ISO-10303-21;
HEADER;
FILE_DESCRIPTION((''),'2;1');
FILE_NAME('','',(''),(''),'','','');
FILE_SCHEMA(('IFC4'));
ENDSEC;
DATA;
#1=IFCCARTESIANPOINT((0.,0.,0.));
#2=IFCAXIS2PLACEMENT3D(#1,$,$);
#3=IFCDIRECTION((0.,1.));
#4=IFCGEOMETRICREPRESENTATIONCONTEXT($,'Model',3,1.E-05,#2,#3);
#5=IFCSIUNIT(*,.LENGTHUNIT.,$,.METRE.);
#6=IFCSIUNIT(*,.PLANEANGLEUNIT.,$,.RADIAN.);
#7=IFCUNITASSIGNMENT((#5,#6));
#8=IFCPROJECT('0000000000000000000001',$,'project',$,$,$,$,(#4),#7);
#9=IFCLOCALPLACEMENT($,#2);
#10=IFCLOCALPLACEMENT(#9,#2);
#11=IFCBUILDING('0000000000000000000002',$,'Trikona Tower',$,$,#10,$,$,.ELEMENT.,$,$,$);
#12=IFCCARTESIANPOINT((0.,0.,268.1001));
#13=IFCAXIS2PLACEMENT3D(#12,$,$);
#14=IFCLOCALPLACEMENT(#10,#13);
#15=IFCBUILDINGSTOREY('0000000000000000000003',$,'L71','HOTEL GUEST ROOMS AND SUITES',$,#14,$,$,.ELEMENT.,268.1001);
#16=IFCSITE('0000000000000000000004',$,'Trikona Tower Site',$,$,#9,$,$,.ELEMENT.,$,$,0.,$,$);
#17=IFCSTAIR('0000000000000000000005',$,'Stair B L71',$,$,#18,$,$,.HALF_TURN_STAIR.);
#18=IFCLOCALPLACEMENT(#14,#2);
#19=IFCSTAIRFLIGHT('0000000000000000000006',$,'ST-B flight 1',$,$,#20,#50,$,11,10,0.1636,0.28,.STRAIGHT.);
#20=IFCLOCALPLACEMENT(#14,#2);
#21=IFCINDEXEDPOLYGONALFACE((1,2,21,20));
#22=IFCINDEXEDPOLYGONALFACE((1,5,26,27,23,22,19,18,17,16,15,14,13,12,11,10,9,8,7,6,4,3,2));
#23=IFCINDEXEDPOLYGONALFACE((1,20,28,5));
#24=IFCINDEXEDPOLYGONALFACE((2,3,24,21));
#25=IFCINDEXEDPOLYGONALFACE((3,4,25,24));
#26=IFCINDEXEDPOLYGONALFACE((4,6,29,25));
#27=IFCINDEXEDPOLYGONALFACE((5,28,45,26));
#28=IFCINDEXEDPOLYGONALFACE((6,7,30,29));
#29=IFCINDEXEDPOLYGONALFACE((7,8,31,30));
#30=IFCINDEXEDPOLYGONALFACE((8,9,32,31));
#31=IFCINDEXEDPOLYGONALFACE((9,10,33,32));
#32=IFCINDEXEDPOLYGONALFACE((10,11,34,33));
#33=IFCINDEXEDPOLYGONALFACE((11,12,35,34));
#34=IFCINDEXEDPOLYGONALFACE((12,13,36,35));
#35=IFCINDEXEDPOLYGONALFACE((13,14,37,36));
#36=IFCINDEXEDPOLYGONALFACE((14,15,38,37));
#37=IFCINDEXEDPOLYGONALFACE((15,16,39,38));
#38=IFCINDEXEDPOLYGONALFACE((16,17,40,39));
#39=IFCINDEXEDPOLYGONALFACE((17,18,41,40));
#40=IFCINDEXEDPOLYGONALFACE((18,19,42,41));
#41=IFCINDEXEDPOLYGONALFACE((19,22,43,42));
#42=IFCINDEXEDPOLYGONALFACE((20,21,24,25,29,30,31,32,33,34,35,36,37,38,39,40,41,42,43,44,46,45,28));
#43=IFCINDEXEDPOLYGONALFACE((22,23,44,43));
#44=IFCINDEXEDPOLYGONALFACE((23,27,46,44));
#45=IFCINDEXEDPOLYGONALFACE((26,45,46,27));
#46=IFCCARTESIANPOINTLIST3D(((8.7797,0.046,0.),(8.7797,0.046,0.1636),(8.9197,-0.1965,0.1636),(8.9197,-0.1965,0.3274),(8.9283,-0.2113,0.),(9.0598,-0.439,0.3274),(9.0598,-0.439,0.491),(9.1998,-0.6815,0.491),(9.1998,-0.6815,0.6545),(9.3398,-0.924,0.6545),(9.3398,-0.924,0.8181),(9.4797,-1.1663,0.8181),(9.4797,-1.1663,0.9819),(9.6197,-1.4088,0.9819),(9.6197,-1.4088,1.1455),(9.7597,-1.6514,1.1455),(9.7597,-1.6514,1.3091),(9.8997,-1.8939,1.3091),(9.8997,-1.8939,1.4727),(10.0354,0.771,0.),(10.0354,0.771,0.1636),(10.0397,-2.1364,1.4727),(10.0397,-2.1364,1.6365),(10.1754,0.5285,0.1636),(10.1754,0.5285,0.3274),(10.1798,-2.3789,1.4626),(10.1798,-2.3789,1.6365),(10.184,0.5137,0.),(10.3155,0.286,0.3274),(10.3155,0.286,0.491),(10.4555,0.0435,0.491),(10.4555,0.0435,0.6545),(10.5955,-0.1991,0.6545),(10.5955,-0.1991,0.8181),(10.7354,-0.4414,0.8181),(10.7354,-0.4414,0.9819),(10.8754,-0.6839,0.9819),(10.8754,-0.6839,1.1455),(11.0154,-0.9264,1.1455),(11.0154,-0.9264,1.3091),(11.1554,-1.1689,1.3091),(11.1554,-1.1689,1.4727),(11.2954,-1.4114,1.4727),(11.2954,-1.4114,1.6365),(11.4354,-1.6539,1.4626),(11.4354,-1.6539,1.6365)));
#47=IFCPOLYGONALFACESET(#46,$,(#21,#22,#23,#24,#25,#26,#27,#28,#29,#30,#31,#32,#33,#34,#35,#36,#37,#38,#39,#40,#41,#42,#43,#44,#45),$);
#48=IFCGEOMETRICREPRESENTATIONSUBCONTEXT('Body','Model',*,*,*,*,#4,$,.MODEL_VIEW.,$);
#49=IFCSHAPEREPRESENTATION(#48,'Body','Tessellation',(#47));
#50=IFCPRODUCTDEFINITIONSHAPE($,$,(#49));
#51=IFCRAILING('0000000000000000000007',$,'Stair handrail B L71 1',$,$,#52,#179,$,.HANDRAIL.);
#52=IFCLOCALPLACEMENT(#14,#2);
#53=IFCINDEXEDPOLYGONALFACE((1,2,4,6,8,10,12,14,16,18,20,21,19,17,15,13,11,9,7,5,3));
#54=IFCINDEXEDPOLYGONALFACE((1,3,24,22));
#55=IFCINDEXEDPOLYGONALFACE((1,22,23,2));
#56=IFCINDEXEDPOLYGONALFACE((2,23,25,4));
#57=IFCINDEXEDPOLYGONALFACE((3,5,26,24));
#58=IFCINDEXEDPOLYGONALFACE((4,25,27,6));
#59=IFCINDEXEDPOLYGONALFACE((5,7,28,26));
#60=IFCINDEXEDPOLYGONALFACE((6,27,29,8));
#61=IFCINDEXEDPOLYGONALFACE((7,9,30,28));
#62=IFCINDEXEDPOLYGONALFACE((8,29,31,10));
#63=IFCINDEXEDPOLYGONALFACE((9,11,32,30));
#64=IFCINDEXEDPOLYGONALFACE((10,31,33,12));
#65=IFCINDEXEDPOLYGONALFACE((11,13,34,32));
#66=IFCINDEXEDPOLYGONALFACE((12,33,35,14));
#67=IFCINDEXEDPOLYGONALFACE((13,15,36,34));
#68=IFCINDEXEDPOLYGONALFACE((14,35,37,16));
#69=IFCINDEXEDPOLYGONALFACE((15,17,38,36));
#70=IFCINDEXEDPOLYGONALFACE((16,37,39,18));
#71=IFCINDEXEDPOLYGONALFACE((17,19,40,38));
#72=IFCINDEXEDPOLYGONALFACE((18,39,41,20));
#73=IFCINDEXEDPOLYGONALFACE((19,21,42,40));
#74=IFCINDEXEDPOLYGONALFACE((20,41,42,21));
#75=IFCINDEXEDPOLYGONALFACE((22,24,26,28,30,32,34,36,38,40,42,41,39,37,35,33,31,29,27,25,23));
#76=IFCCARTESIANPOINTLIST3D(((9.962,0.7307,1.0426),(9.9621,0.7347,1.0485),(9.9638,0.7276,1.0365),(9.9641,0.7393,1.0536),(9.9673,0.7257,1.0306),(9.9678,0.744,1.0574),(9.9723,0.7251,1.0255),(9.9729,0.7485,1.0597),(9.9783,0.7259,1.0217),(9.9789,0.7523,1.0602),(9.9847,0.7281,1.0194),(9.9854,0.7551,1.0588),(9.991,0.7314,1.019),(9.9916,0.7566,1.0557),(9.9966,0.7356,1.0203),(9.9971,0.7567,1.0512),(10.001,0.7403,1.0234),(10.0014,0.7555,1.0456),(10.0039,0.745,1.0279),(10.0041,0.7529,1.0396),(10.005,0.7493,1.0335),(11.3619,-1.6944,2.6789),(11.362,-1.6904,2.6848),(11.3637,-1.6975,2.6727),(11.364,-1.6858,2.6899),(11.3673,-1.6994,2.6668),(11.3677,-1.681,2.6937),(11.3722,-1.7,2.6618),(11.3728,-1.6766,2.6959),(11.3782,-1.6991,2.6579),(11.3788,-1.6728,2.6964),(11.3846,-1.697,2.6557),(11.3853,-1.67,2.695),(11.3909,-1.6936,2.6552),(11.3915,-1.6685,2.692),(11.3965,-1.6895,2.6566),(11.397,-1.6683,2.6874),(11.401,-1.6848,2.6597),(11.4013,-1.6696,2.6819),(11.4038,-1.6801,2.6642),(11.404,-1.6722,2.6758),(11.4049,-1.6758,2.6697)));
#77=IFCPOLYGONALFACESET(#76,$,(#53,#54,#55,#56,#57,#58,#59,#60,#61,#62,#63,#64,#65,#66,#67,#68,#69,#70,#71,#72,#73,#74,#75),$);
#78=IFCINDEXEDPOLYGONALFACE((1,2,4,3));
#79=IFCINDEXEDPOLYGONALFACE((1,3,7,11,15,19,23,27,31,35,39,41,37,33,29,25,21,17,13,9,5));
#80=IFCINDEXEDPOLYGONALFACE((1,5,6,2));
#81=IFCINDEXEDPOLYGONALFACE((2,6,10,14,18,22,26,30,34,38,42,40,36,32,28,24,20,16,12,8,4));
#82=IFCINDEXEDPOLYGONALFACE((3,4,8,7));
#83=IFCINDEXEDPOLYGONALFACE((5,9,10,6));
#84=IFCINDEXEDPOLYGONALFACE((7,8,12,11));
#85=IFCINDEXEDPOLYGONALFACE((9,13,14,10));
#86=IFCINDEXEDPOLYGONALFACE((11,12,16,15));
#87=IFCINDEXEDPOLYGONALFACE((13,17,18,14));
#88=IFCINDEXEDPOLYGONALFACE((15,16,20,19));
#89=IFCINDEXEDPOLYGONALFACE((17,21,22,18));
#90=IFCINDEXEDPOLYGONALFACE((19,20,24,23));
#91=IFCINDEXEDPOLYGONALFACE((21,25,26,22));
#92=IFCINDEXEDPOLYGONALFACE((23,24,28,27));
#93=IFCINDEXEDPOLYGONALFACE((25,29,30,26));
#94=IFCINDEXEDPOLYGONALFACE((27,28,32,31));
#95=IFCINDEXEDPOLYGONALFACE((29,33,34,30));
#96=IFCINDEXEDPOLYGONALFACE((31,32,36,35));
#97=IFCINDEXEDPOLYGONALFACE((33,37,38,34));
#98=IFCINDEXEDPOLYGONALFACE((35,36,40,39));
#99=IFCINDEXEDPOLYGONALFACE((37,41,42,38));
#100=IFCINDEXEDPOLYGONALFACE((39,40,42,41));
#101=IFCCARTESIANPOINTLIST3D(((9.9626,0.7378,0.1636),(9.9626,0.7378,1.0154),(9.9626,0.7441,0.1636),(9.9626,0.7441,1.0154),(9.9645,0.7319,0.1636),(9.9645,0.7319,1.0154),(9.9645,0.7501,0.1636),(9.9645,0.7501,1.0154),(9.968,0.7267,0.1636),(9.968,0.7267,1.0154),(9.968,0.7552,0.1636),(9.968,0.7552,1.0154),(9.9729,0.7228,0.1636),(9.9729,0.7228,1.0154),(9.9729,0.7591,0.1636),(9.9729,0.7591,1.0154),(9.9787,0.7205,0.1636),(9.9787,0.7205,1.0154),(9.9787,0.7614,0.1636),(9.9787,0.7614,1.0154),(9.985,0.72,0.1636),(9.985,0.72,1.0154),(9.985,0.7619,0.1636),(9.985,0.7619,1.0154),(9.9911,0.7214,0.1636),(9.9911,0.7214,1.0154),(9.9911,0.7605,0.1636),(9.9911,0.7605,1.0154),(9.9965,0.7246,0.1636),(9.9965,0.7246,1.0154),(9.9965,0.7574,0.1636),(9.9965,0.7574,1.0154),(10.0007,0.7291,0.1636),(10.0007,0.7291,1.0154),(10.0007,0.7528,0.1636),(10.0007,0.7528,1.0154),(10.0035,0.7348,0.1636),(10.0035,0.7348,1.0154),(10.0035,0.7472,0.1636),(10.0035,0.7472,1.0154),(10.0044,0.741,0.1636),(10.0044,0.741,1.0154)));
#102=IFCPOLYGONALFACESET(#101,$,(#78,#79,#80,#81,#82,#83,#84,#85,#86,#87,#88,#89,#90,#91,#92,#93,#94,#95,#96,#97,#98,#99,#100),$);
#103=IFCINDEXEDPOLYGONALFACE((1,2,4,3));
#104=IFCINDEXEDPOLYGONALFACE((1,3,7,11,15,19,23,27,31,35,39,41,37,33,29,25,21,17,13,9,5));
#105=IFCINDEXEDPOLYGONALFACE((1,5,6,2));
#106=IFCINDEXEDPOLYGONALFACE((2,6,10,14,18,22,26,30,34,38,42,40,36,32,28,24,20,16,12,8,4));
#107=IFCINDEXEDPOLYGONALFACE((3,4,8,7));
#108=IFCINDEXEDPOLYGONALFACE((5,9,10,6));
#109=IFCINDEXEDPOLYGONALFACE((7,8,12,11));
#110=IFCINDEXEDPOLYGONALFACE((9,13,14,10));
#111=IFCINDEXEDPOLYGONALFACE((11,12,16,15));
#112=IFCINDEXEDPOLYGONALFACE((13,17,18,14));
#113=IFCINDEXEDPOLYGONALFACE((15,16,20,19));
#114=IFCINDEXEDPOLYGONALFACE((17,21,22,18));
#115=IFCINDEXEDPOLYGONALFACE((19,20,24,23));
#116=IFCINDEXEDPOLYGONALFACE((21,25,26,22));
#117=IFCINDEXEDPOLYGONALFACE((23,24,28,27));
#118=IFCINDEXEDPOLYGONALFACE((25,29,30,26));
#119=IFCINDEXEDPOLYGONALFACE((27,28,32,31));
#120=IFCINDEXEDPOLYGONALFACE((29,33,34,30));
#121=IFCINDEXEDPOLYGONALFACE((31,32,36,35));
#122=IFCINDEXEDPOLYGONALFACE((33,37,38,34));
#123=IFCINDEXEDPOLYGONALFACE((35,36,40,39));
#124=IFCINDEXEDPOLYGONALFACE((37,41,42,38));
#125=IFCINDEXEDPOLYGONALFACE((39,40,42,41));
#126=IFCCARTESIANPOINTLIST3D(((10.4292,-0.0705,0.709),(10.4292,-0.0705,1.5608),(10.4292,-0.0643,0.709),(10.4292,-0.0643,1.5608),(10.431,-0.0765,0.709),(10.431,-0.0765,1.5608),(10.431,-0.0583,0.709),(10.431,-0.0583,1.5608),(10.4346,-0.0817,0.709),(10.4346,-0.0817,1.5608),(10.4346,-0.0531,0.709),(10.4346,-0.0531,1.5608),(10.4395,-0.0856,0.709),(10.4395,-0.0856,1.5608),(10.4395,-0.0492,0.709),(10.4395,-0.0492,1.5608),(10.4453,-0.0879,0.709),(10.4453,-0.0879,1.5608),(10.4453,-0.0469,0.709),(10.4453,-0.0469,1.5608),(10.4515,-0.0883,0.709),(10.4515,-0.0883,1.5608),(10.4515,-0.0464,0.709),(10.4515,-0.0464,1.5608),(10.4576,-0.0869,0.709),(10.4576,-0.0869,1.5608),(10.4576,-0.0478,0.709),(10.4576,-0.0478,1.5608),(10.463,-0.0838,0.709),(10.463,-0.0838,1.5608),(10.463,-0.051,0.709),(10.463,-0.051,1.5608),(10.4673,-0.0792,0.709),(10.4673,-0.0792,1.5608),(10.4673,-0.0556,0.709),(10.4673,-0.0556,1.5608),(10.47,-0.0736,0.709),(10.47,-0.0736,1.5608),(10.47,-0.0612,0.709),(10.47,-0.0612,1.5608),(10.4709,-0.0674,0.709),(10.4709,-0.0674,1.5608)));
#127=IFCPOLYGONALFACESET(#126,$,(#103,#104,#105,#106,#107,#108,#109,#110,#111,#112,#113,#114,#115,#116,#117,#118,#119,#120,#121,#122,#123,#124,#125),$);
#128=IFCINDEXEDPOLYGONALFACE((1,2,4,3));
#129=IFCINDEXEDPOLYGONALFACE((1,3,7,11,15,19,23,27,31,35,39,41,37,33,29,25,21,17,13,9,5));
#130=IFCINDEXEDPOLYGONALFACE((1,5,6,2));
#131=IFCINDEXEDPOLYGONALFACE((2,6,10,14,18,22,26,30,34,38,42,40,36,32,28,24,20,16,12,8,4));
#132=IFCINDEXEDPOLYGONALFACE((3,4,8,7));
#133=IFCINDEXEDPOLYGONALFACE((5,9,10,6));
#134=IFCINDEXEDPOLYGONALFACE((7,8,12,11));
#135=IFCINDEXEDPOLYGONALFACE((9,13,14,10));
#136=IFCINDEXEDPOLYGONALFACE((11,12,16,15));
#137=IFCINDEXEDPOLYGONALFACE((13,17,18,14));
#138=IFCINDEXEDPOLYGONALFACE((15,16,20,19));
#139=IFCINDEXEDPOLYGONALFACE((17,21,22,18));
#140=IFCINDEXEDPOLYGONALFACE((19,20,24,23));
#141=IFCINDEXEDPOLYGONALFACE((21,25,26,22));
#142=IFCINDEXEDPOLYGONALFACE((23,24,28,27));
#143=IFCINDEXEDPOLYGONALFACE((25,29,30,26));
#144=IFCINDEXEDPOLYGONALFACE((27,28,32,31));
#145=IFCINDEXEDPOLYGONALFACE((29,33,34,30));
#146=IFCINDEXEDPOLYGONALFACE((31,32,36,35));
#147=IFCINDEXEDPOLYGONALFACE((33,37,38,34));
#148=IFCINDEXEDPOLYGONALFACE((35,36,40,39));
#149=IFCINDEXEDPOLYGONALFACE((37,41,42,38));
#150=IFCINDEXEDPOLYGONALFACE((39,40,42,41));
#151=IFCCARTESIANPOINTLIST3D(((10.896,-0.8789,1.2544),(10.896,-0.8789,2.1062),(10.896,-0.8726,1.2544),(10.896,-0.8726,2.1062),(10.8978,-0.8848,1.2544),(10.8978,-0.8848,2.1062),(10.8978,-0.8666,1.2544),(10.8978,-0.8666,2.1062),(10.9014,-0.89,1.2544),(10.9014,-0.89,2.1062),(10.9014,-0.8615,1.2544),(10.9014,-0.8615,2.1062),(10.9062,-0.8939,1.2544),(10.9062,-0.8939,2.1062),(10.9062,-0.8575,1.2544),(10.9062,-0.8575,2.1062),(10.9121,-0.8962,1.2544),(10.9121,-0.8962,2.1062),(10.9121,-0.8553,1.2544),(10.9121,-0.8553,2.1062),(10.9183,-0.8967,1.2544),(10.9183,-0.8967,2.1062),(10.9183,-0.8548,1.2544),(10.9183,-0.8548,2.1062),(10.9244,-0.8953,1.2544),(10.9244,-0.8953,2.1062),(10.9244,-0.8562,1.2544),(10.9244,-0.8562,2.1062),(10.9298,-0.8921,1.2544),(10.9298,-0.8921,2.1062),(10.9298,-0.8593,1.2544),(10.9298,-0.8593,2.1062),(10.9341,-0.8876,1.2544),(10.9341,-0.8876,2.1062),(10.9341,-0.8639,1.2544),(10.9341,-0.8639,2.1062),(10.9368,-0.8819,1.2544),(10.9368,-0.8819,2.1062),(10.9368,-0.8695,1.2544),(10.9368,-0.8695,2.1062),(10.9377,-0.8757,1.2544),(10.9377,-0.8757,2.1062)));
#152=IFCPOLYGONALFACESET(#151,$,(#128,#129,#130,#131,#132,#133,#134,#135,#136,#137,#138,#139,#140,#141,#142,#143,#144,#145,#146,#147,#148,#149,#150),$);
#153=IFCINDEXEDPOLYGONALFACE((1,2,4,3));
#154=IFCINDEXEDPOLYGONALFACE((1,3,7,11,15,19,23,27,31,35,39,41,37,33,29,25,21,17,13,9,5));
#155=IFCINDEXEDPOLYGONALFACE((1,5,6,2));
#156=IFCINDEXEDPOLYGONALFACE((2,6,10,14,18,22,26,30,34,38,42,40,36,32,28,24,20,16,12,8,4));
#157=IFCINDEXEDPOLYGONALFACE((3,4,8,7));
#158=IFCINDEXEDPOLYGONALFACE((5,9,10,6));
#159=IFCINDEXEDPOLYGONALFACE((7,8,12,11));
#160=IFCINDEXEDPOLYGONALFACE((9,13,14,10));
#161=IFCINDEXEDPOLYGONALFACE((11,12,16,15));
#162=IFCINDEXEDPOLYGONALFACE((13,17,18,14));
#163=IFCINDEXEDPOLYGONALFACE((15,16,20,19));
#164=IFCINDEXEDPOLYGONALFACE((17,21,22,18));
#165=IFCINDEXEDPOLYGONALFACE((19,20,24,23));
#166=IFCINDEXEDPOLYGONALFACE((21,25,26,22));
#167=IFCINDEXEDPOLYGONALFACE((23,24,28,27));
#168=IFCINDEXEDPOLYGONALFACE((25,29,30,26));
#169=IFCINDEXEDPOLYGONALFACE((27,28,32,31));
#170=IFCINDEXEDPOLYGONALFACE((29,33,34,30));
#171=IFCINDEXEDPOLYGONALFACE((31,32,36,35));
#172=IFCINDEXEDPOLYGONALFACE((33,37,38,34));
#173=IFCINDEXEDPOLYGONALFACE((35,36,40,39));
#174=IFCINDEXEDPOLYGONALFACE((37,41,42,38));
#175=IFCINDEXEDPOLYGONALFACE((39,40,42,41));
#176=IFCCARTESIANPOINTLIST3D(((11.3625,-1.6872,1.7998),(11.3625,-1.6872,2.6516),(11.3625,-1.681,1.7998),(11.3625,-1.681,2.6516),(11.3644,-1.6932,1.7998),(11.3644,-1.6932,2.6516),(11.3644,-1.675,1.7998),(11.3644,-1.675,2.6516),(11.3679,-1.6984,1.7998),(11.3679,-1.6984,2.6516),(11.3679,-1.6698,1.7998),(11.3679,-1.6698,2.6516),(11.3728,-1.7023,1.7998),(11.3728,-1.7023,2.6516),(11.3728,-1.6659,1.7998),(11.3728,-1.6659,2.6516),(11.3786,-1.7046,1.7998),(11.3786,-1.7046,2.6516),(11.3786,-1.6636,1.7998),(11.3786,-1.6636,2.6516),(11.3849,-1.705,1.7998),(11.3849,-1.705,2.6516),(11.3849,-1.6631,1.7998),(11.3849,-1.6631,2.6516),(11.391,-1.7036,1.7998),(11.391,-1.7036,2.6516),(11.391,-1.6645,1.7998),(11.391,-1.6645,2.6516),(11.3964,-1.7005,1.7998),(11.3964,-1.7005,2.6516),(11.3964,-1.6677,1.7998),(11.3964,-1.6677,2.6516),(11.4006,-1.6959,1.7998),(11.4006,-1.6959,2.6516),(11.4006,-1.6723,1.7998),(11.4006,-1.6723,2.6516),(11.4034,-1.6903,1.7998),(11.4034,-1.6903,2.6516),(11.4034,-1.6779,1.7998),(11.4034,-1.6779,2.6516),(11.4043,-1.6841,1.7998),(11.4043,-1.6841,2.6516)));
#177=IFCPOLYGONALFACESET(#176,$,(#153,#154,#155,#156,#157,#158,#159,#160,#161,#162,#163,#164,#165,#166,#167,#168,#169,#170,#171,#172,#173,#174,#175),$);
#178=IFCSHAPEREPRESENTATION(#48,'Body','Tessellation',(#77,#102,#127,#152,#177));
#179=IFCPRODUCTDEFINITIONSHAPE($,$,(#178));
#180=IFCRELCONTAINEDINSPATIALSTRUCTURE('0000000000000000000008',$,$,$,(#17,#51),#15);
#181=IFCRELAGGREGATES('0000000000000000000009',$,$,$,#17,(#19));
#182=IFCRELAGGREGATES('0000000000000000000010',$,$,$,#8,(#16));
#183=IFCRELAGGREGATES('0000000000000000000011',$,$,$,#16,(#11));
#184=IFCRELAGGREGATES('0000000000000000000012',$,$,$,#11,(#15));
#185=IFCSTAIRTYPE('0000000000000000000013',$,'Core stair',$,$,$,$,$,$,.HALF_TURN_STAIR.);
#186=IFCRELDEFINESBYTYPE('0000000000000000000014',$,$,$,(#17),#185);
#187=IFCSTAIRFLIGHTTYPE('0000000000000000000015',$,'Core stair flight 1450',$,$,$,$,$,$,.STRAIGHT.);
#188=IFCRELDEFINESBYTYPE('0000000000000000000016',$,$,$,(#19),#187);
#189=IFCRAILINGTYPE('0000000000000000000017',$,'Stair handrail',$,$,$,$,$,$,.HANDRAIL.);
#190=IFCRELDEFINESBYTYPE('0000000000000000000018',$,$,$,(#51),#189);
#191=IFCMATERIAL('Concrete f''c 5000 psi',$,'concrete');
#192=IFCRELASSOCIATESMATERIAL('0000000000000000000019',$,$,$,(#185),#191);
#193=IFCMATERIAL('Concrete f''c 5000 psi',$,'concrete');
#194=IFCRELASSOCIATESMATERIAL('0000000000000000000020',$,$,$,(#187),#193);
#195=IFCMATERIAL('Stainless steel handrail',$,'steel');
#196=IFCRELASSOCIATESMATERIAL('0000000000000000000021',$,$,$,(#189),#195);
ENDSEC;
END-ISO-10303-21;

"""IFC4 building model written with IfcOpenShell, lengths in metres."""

from ifc_helpers import new_model, si_unit, direction, frame, origin, origin_2d, place, context, subcontext, project, spatial, polyline, circle, outline, extrude, material, type_object, element, aggregate, save


model = new_model("IFC4")

# Units and contexts
model_context = context("Model", 3, precision=1e-05, world=origin(), true_north=direction((0.0, 1.0)))
body_context = subcontext(model_context, "Body", "Model", "MODEL_VIEW")
ifc_project = project(units=[si_unit("LENGTHUNIT", "METRE"), si_unit("PLANEANGLEUNIT", "RADIAN")], contexts=[model_context])

# Site, building, storey
site_placement = place(None, origin())
site = spatial("IfcSite", under=ifc_project, at=site_placement, Name="Trikona Tower Site", CompositionType="ELEMENT", RefElevation=0.0)
building_placement = place(site_placement, origin())
building = spatial("IfcBuilding", under=site, at=building_placement, Name="Trikona Tower", CompositionType="ELEMENT")
storey_placement = place(building_placement, frame((0.0, 0.0, 268.1001)))
storey = spatial("IfcBuildingStorey", under=building, at=storey_placement, Name="L71", Description="HOTEL GUEST ROOMS AND SUITES", CompositionType="ELEMENT", Elevation=268.1001)

# Shared definitions
ifc_material_1 = material(Name="Concrete f'c 5000 psi", Category="concrete")
stair_type = type_object("IfcStairType", Name="Core stair", PredefinedType="HALF_TURN_STAIR", material=ifc_material_1)

# Stair
stair_1_placement = place(storey_placement, origin())
stair_1 = element("IfcStair", 1, at=stair_1_placement, inside=storey, type_object=stair_type, Name="Stair B L71", PredefinedType="HALF_TURN_STAIR")

# Stair flight
ifc_material_2 = material(Name="Concrete f'c 5000 psi", Category="concrete")
stair_flight_type = type_object("IfcStairFlightType", Name="Core stair flight 1450", PredefinedType="STRAIGHT", material=ifc_material_2)
stair_flight_placement = place(storey_placement, frame((9.4075, 0.4084, 0.0), z_axis=(0.0, 0.0, 1.0), x_axis=(0.5, -0.866025, 0.0)))
stair_flight = element("IfcStairFlight", 2, at=stair_flight_placement, type_object=stair_flight_type, Name="ST-B flight 1", NumberOfRisers=11, NumberOfTreads=10, PredefinedType="STRAIGHT", RiserHeight=0.1636, TreadLength=0.28, context=body_context, shape_type="SweptSolid", body=[
    extrude(outline(polyline([(0.0, 0.0), (0.0, 0.1636), (0.28, 0.1636), (0.28, 0.3274), (0.5601, 0.3274), (0.5601, 0.491), (0.8401, 0.491), (0.8401, 0.6545), (1.1201, 0.6545), (1.1201, 0.8181), (1.3999, 0.8181), (1.3999, 0.9819), (1.6799, 0.9819), (1.6799, 1.1455), (1.96, 1.1455), (1.96, 1.3091), (2.24, 1.3091), (2.24, 1.4727), (2.52, 1.4727), (2.52, 1.6365), (2.8, 1.6365), (2.8, 1.8), (2.8, 1.4626), (0.2971, 0.0), (0.0, 0.0)])), frame((0.0, 0.7251, 0.0), z_axis=(0.0, -1.0, 0.0), x_axis=(1.0, 0.0, 0.0)), (0.0, 0.0, 1.0), 1.45),
])
aggregate(stair_1, [stair_flight])

# Railing
ifc_material_3 = material(Name="Stainless steel handrail", Category="steel")
railing_type = type_object("IfcRailingType", Name="Stair handrail", PredefinedType="HANDRAIL", material=ifc_material_3)
railing_placement = place(storey_placement, frame((9.9834, 0.741, 0.1636)))
element("IfcRailing", 3, at=railing_placement, inside=storey, type_object=railing_type, Name="Stair handrail B L71 1", PredefinedType="HANDRAIL", context=body_context, shape_type="SweptSolid", body=[
    extrude(circle(Radius=0.0239, at=origin_2d()), frame((0.0, 0.0, 0.876), z_axis=(0.431653, -0.747751, 0.504523), x_axis=(0.866056, 0.499946, 0.0)), (0.0, 0.0, 1.0), 3.2432),
    extrude(circle(Radius=0.021, at=origin_2d()), origin(), (0.0, 0.0, 1.0), 0.8518),
    extrude(circle(Radius=0.021, at=origin_2d()), frame((0.4666, -0.8083, 0.5454)), (0.0, 0.0, 1.0), 0.8518),
    extrude(circle(Radius=0.021, at=origin_2d()), frame((0.9333, -1.6167, 1.0908)), (0.0, 0.0, 1.0), 0.8518),
    extrude(circle(Radius=0.021, at=origin_2d()), frame((1.3999, -2.425, 1.6362)), (0.0, 0.0, 1.0), 0.8518),
])

save(model, "model.ifc")
